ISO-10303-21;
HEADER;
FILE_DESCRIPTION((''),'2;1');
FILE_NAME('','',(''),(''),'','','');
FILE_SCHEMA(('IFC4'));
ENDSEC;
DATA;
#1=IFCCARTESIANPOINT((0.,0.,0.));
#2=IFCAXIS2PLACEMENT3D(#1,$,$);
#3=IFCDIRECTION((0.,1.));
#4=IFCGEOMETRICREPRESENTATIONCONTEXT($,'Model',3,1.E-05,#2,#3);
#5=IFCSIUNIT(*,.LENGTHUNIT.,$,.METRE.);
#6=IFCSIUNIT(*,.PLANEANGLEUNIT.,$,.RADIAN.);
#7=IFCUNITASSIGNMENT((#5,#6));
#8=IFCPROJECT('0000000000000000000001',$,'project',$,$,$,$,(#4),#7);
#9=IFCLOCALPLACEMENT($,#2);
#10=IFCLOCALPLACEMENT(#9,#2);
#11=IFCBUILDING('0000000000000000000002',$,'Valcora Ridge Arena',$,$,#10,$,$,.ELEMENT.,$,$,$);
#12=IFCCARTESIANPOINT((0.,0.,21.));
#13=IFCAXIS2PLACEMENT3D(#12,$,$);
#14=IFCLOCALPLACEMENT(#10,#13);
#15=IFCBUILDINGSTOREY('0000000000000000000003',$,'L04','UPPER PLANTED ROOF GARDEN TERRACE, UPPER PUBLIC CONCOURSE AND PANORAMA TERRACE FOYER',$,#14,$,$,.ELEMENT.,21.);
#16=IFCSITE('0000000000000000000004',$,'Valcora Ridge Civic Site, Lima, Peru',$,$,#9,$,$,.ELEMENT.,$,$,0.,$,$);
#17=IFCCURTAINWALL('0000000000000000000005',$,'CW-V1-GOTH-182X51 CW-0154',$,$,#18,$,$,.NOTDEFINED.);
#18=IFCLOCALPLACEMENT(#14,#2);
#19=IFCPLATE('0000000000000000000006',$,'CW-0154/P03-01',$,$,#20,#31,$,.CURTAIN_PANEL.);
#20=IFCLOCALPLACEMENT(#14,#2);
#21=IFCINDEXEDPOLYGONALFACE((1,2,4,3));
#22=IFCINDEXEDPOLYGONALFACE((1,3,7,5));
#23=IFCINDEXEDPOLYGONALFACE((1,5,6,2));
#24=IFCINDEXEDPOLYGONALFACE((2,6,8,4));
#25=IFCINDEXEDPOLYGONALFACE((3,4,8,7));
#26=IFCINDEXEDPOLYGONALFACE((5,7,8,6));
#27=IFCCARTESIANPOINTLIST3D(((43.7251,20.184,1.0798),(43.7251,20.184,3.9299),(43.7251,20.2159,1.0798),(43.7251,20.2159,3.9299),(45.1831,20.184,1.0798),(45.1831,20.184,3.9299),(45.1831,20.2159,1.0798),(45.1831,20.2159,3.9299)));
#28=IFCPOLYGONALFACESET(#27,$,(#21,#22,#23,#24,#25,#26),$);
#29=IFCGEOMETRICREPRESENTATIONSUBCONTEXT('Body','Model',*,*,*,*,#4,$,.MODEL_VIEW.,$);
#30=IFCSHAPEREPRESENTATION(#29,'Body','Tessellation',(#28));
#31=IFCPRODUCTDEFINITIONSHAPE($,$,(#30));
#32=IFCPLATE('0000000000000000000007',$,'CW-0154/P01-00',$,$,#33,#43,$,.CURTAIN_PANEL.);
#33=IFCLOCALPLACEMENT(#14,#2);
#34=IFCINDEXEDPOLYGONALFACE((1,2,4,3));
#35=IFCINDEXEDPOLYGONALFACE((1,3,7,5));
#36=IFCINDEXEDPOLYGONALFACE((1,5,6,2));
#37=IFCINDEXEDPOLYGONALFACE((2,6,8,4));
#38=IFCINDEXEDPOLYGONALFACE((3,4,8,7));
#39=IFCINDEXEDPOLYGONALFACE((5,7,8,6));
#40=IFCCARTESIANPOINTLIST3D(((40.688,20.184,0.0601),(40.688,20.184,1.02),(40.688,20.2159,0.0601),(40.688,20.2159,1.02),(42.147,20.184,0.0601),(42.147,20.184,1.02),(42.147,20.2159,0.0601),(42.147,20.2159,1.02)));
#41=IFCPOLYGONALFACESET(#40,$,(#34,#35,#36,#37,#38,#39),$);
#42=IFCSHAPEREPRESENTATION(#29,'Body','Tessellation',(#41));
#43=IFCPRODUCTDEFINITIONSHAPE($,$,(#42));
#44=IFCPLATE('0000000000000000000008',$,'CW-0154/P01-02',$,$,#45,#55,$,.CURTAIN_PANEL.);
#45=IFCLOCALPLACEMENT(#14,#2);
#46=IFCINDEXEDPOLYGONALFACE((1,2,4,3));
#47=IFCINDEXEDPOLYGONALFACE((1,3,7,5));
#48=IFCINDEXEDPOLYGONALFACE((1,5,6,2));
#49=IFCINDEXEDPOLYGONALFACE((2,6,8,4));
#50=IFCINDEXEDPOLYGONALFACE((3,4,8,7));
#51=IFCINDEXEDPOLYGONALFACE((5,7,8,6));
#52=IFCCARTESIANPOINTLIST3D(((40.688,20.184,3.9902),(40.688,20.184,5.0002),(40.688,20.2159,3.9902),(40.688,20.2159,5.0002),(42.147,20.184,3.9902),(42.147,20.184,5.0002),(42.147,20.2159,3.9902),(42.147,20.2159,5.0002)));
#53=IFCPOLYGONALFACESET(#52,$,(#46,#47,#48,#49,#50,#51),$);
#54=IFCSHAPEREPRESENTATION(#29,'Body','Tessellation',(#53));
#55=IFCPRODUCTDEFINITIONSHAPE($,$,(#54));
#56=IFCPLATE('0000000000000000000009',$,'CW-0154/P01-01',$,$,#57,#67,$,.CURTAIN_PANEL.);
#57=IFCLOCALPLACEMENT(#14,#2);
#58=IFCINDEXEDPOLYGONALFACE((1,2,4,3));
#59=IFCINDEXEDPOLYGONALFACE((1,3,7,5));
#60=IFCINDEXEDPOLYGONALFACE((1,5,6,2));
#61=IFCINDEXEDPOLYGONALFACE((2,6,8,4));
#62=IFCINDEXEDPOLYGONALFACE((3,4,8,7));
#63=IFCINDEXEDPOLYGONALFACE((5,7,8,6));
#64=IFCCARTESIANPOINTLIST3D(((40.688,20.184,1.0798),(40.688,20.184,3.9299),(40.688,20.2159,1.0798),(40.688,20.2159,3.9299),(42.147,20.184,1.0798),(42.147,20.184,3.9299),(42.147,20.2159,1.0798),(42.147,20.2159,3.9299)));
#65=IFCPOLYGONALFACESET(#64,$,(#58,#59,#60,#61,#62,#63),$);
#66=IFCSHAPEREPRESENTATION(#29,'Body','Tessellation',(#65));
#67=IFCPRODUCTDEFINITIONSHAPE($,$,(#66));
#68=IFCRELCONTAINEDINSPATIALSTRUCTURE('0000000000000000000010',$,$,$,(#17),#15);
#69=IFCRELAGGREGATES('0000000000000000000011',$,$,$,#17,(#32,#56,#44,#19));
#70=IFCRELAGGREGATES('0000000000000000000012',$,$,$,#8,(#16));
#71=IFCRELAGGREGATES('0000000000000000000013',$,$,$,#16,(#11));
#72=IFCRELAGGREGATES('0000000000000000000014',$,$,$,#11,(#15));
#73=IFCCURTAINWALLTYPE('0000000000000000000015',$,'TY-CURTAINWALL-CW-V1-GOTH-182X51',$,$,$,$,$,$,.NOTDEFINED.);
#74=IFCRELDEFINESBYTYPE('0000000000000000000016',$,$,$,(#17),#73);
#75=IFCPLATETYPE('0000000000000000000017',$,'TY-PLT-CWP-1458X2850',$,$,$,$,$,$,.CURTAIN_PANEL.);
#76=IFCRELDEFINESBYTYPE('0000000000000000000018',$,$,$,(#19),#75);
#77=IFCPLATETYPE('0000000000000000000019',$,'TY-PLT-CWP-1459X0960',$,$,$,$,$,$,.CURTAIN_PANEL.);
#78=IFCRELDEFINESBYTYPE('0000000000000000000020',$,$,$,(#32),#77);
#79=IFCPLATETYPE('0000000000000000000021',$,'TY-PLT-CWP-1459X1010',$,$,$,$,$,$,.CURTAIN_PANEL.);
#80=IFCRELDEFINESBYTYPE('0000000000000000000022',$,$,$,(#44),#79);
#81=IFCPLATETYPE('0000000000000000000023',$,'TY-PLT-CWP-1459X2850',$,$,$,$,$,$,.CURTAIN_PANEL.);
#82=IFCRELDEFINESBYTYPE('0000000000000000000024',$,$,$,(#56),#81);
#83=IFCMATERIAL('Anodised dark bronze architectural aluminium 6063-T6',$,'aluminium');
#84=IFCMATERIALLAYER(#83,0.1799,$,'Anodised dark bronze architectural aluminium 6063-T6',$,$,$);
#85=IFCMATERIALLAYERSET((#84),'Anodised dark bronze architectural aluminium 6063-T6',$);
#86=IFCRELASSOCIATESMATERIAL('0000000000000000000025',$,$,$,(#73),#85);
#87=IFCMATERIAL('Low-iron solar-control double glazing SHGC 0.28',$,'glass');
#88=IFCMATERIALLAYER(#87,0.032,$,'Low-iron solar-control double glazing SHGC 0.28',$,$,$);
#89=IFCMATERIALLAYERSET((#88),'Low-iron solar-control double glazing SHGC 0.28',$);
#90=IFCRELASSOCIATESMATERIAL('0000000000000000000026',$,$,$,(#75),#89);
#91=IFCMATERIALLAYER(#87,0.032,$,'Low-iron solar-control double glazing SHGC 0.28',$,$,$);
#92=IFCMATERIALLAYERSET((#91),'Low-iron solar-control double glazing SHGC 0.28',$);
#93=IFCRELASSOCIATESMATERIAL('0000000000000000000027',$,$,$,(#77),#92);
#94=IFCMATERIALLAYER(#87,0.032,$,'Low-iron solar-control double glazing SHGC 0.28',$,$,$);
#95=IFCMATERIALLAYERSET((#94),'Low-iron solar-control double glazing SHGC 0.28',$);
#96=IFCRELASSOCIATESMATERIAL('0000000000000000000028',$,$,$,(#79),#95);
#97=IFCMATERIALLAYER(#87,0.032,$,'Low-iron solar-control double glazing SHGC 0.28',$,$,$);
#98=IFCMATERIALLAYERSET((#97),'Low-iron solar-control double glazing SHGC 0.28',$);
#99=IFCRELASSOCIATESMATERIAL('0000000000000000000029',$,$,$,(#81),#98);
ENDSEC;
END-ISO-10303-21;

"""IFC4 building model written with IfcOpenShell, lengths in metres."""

from ifc_helpers import new_model, si_unit, direction, frame, origin, origin_2d, place, context, subcontext, project, spatial, rectangle, extrude, material, layer, layer_set, type_object, element, aggregate, save


model = new_model("IFC4")

# Units and contexts
model_context = context("Model", 3, precision=1e-05, world=origin(), true_north=direction((0.0, 1.0)))
body_context = subcontext(model_context, "Body", "Model", "MODEL_VIEW")
ifc_project = project(units=[si_unit("LENGTHUNIT", "METRE"), si_unit("PLANEANGLEUNIT", "RADIAN")], contexts=[model_context])

# Site, building, storey
site_placement = place(None, origin())
site = spatial("IfcSite", under=ifc_project, at=site_placement, Name="Valcora Ridge Civic Site, Lima, Peru", CompositionType="ELEMENT", RefElevation=0.0)
building_placement = place(site_placement, origin())
building = spatial("IfcBuilding", under=site, at=building_placement, Name="Valcora Ridge Arena", CompositionType="ELEMENT")
storey_placement = place(building_placement, frame((0.0, 0.0, 21.0)))
storey = spatial("IfcBuildingStorey", under=building, at=storey_placement, Name="L04", Description="UPPER PLANTED ROOF GARDEN TERRACE, UPPER PUBLIC CONCOURSE AND PANORAMA TERRACE FOYER", CompositionType="ELEMENT", Elevation=21.0)

# Shared definitions
ifc_material_1 = material(Name="Anodised dark bronze architectural aluminium 6063-T6", Category="aluminium")

# Curtain wall, plates
ifc_layer_1 = layer(ifc_material_1, 0.1799, Name="Anodised dark bronze architectural aluminium 6063-T6")
ifc_layer_set_1 = layer_set([ifc_layer_1], Name="Anodised dark bronze architectural aluminium 6063-T6")
curtain_wall_type_1 = type_object("IfcCurtainWallType", Name="TY-CURTAINWALL-CW-V1-GOTH-182X51", PredefinedType="NOTDEFINED", material=ifc_layer_set_1)
curtain_wall_1_placement = place(storey_placement, origin())
curtain_wall_1 = element("IfcCurtainWall", 1, at=curtain_wall_1_placement, inside=storey, type_object=curtain_wall_type_1, Name="CW-V1-GOTH-182X51 CW-0154", PredefinedType="NOTDEFINED")
ifc_material_2 = material(Name="Low-iron solar-control double glazing SHGC 0.28", Category="glass")
ifc_layer_2 = layer(ifc_material_2, 0.032, Name="Low-iron solar-control double glazing SHGC 0.28")
ifc_layer_set_2 = layer_set([ifc_layer_2], Name="Low-iron solar-control double glazing SHGC 0.28")
plate_type_1 = type_object("IfcPlateType", Name="TY-PLT-CWP-1458X2850", PredefinedType="CURTAIN_PANEL", material=ifc_layer_set_2)
plate_1_placement = place(storey_placement, frame((44.4541, 20.2, 1.0798), z_axis=(0.0, 0.0, 1.0), x_axis=(1.0, 0.0, 0.0)))
plate_1 = element("IfcPlate", 2, at=plate_1_placement, type_object=plate_type_1, Name="CW-0154/P03-01", PredefinedType="CURTAIN_PANEL", context=body_context, shape_type="SweptSolid", body=[
    extrude(rectangle(XDim=1.458, YDim=0.032, at=origin_2d()), origin(), (0.0, 0.0, 1.0), 2.8501),
])
ifc_layer_3 = layer(ifc_material_2, 0.032, Name="Low-iron solar-control double glazing SHGC 0.28")
ifc_layer_set_3 = layer_set([ifc_layer_3], Name="Low-iron solar-control double glazing SHGC 0.28")
plate_type_2 = type_object("IfcPlateType", Name="TY-PLT-CWP-1459X0960", PredefinedType="CURTAIN_PANEL", material=ifc_layer_set_3)
plate_2_placement = place(storey_placement, frame((41.4175, 20.2, 0.0601), z_axis=(0.0, 0.0, 1.0), x_axis=(1.0, 0.0, 0.0)))
plate_2 = element("IfcPlate", 3, at=plate_2_placement, type_object=plate_type_2, Name="CW-0154/P01-00", PredefinedType="CURTAIN_PANEL", context=body_context, shape_type="SweptSolid", body=[
    extrude(rectangle(XDim=1.459, YDim=0.032, at=origin_2d()), origin(), (0.0, 0.0, 1.0), 0.96),
])
ifc_layer_4 = layer(ifc_material_2, 0.032, Name="Low-iron solar-control double glazing SHGC 0.28")
ifc_layer_set_4 = layer_set([ifc_layer_4], Name="Low-iron solar-control double glazing SHGC 0.28")
plate_type_3 = type_object("IfcPlateType", Name="TY-PLT-CWP-1459X1010", PredefinedType="CURTAIN_PANEL", material=ifc_layer_set_4)
plate_3_placement = place(storey_placement, frame((41.4175, 20.2, 3.9902), z_axis=(0.0, 0.0, 1.0), x_axis=(1.0, 0.0, 0.0)))
plate_3 = element("IfcPlate", 4, at=plate_3_placement, type_object=plate_type_3, Name="CW-0154/P01-02", PredefinedType="CURTAIN_PANEL", context=body_context, shape_type="SweptSolid", body=[
    extrude(rectangle(XDim=1.459, YDim=0.032, at=origin_2d()), origin(), (0.0, 0.0, 1.0), 1.01),
])
ifc_layer_5 = layer(ifc_material_2, 0.032, Name="Low-iron solar-control double glazing SHGC 0.28")
ifc_layer_set_5 = layer_set([ifc_layer_5], Name="Low-iron solar-control double glazing SHGC 0.28")
plate_type_4 = type_object("IfcPlateType", Name="TY-PLT-CWP-1459X2850", PredefinedType="CURTAIN_PANEL", material=ifc_layer_set_5)
plate_4_placement = place(storey_placement, frame((41.4175, 20.2, 1.0798), z_axis=(0.0, 0.0, 1.0), x_axis=(1.0, 0.0, 0.0)))
plate_4 = element("IfcPlate", 5, at=plate_4_placement, type_object=plate_type_4, Name="CW-0154/P01-01", PredefinedType="CURTAIN_PANEL", context=body_context, shape_type="SweptSolid", body=[
    extrude(rectangle(XDim=1.459, YDim=0.032, at=origin_2d()), origin(), (0.0, 0.0, 1.0), 2.8501),
])
aggregate(curtain_wall_1, [plate_2, plate_4, plate_3, plate_1])

save(model, "model.ifc")
